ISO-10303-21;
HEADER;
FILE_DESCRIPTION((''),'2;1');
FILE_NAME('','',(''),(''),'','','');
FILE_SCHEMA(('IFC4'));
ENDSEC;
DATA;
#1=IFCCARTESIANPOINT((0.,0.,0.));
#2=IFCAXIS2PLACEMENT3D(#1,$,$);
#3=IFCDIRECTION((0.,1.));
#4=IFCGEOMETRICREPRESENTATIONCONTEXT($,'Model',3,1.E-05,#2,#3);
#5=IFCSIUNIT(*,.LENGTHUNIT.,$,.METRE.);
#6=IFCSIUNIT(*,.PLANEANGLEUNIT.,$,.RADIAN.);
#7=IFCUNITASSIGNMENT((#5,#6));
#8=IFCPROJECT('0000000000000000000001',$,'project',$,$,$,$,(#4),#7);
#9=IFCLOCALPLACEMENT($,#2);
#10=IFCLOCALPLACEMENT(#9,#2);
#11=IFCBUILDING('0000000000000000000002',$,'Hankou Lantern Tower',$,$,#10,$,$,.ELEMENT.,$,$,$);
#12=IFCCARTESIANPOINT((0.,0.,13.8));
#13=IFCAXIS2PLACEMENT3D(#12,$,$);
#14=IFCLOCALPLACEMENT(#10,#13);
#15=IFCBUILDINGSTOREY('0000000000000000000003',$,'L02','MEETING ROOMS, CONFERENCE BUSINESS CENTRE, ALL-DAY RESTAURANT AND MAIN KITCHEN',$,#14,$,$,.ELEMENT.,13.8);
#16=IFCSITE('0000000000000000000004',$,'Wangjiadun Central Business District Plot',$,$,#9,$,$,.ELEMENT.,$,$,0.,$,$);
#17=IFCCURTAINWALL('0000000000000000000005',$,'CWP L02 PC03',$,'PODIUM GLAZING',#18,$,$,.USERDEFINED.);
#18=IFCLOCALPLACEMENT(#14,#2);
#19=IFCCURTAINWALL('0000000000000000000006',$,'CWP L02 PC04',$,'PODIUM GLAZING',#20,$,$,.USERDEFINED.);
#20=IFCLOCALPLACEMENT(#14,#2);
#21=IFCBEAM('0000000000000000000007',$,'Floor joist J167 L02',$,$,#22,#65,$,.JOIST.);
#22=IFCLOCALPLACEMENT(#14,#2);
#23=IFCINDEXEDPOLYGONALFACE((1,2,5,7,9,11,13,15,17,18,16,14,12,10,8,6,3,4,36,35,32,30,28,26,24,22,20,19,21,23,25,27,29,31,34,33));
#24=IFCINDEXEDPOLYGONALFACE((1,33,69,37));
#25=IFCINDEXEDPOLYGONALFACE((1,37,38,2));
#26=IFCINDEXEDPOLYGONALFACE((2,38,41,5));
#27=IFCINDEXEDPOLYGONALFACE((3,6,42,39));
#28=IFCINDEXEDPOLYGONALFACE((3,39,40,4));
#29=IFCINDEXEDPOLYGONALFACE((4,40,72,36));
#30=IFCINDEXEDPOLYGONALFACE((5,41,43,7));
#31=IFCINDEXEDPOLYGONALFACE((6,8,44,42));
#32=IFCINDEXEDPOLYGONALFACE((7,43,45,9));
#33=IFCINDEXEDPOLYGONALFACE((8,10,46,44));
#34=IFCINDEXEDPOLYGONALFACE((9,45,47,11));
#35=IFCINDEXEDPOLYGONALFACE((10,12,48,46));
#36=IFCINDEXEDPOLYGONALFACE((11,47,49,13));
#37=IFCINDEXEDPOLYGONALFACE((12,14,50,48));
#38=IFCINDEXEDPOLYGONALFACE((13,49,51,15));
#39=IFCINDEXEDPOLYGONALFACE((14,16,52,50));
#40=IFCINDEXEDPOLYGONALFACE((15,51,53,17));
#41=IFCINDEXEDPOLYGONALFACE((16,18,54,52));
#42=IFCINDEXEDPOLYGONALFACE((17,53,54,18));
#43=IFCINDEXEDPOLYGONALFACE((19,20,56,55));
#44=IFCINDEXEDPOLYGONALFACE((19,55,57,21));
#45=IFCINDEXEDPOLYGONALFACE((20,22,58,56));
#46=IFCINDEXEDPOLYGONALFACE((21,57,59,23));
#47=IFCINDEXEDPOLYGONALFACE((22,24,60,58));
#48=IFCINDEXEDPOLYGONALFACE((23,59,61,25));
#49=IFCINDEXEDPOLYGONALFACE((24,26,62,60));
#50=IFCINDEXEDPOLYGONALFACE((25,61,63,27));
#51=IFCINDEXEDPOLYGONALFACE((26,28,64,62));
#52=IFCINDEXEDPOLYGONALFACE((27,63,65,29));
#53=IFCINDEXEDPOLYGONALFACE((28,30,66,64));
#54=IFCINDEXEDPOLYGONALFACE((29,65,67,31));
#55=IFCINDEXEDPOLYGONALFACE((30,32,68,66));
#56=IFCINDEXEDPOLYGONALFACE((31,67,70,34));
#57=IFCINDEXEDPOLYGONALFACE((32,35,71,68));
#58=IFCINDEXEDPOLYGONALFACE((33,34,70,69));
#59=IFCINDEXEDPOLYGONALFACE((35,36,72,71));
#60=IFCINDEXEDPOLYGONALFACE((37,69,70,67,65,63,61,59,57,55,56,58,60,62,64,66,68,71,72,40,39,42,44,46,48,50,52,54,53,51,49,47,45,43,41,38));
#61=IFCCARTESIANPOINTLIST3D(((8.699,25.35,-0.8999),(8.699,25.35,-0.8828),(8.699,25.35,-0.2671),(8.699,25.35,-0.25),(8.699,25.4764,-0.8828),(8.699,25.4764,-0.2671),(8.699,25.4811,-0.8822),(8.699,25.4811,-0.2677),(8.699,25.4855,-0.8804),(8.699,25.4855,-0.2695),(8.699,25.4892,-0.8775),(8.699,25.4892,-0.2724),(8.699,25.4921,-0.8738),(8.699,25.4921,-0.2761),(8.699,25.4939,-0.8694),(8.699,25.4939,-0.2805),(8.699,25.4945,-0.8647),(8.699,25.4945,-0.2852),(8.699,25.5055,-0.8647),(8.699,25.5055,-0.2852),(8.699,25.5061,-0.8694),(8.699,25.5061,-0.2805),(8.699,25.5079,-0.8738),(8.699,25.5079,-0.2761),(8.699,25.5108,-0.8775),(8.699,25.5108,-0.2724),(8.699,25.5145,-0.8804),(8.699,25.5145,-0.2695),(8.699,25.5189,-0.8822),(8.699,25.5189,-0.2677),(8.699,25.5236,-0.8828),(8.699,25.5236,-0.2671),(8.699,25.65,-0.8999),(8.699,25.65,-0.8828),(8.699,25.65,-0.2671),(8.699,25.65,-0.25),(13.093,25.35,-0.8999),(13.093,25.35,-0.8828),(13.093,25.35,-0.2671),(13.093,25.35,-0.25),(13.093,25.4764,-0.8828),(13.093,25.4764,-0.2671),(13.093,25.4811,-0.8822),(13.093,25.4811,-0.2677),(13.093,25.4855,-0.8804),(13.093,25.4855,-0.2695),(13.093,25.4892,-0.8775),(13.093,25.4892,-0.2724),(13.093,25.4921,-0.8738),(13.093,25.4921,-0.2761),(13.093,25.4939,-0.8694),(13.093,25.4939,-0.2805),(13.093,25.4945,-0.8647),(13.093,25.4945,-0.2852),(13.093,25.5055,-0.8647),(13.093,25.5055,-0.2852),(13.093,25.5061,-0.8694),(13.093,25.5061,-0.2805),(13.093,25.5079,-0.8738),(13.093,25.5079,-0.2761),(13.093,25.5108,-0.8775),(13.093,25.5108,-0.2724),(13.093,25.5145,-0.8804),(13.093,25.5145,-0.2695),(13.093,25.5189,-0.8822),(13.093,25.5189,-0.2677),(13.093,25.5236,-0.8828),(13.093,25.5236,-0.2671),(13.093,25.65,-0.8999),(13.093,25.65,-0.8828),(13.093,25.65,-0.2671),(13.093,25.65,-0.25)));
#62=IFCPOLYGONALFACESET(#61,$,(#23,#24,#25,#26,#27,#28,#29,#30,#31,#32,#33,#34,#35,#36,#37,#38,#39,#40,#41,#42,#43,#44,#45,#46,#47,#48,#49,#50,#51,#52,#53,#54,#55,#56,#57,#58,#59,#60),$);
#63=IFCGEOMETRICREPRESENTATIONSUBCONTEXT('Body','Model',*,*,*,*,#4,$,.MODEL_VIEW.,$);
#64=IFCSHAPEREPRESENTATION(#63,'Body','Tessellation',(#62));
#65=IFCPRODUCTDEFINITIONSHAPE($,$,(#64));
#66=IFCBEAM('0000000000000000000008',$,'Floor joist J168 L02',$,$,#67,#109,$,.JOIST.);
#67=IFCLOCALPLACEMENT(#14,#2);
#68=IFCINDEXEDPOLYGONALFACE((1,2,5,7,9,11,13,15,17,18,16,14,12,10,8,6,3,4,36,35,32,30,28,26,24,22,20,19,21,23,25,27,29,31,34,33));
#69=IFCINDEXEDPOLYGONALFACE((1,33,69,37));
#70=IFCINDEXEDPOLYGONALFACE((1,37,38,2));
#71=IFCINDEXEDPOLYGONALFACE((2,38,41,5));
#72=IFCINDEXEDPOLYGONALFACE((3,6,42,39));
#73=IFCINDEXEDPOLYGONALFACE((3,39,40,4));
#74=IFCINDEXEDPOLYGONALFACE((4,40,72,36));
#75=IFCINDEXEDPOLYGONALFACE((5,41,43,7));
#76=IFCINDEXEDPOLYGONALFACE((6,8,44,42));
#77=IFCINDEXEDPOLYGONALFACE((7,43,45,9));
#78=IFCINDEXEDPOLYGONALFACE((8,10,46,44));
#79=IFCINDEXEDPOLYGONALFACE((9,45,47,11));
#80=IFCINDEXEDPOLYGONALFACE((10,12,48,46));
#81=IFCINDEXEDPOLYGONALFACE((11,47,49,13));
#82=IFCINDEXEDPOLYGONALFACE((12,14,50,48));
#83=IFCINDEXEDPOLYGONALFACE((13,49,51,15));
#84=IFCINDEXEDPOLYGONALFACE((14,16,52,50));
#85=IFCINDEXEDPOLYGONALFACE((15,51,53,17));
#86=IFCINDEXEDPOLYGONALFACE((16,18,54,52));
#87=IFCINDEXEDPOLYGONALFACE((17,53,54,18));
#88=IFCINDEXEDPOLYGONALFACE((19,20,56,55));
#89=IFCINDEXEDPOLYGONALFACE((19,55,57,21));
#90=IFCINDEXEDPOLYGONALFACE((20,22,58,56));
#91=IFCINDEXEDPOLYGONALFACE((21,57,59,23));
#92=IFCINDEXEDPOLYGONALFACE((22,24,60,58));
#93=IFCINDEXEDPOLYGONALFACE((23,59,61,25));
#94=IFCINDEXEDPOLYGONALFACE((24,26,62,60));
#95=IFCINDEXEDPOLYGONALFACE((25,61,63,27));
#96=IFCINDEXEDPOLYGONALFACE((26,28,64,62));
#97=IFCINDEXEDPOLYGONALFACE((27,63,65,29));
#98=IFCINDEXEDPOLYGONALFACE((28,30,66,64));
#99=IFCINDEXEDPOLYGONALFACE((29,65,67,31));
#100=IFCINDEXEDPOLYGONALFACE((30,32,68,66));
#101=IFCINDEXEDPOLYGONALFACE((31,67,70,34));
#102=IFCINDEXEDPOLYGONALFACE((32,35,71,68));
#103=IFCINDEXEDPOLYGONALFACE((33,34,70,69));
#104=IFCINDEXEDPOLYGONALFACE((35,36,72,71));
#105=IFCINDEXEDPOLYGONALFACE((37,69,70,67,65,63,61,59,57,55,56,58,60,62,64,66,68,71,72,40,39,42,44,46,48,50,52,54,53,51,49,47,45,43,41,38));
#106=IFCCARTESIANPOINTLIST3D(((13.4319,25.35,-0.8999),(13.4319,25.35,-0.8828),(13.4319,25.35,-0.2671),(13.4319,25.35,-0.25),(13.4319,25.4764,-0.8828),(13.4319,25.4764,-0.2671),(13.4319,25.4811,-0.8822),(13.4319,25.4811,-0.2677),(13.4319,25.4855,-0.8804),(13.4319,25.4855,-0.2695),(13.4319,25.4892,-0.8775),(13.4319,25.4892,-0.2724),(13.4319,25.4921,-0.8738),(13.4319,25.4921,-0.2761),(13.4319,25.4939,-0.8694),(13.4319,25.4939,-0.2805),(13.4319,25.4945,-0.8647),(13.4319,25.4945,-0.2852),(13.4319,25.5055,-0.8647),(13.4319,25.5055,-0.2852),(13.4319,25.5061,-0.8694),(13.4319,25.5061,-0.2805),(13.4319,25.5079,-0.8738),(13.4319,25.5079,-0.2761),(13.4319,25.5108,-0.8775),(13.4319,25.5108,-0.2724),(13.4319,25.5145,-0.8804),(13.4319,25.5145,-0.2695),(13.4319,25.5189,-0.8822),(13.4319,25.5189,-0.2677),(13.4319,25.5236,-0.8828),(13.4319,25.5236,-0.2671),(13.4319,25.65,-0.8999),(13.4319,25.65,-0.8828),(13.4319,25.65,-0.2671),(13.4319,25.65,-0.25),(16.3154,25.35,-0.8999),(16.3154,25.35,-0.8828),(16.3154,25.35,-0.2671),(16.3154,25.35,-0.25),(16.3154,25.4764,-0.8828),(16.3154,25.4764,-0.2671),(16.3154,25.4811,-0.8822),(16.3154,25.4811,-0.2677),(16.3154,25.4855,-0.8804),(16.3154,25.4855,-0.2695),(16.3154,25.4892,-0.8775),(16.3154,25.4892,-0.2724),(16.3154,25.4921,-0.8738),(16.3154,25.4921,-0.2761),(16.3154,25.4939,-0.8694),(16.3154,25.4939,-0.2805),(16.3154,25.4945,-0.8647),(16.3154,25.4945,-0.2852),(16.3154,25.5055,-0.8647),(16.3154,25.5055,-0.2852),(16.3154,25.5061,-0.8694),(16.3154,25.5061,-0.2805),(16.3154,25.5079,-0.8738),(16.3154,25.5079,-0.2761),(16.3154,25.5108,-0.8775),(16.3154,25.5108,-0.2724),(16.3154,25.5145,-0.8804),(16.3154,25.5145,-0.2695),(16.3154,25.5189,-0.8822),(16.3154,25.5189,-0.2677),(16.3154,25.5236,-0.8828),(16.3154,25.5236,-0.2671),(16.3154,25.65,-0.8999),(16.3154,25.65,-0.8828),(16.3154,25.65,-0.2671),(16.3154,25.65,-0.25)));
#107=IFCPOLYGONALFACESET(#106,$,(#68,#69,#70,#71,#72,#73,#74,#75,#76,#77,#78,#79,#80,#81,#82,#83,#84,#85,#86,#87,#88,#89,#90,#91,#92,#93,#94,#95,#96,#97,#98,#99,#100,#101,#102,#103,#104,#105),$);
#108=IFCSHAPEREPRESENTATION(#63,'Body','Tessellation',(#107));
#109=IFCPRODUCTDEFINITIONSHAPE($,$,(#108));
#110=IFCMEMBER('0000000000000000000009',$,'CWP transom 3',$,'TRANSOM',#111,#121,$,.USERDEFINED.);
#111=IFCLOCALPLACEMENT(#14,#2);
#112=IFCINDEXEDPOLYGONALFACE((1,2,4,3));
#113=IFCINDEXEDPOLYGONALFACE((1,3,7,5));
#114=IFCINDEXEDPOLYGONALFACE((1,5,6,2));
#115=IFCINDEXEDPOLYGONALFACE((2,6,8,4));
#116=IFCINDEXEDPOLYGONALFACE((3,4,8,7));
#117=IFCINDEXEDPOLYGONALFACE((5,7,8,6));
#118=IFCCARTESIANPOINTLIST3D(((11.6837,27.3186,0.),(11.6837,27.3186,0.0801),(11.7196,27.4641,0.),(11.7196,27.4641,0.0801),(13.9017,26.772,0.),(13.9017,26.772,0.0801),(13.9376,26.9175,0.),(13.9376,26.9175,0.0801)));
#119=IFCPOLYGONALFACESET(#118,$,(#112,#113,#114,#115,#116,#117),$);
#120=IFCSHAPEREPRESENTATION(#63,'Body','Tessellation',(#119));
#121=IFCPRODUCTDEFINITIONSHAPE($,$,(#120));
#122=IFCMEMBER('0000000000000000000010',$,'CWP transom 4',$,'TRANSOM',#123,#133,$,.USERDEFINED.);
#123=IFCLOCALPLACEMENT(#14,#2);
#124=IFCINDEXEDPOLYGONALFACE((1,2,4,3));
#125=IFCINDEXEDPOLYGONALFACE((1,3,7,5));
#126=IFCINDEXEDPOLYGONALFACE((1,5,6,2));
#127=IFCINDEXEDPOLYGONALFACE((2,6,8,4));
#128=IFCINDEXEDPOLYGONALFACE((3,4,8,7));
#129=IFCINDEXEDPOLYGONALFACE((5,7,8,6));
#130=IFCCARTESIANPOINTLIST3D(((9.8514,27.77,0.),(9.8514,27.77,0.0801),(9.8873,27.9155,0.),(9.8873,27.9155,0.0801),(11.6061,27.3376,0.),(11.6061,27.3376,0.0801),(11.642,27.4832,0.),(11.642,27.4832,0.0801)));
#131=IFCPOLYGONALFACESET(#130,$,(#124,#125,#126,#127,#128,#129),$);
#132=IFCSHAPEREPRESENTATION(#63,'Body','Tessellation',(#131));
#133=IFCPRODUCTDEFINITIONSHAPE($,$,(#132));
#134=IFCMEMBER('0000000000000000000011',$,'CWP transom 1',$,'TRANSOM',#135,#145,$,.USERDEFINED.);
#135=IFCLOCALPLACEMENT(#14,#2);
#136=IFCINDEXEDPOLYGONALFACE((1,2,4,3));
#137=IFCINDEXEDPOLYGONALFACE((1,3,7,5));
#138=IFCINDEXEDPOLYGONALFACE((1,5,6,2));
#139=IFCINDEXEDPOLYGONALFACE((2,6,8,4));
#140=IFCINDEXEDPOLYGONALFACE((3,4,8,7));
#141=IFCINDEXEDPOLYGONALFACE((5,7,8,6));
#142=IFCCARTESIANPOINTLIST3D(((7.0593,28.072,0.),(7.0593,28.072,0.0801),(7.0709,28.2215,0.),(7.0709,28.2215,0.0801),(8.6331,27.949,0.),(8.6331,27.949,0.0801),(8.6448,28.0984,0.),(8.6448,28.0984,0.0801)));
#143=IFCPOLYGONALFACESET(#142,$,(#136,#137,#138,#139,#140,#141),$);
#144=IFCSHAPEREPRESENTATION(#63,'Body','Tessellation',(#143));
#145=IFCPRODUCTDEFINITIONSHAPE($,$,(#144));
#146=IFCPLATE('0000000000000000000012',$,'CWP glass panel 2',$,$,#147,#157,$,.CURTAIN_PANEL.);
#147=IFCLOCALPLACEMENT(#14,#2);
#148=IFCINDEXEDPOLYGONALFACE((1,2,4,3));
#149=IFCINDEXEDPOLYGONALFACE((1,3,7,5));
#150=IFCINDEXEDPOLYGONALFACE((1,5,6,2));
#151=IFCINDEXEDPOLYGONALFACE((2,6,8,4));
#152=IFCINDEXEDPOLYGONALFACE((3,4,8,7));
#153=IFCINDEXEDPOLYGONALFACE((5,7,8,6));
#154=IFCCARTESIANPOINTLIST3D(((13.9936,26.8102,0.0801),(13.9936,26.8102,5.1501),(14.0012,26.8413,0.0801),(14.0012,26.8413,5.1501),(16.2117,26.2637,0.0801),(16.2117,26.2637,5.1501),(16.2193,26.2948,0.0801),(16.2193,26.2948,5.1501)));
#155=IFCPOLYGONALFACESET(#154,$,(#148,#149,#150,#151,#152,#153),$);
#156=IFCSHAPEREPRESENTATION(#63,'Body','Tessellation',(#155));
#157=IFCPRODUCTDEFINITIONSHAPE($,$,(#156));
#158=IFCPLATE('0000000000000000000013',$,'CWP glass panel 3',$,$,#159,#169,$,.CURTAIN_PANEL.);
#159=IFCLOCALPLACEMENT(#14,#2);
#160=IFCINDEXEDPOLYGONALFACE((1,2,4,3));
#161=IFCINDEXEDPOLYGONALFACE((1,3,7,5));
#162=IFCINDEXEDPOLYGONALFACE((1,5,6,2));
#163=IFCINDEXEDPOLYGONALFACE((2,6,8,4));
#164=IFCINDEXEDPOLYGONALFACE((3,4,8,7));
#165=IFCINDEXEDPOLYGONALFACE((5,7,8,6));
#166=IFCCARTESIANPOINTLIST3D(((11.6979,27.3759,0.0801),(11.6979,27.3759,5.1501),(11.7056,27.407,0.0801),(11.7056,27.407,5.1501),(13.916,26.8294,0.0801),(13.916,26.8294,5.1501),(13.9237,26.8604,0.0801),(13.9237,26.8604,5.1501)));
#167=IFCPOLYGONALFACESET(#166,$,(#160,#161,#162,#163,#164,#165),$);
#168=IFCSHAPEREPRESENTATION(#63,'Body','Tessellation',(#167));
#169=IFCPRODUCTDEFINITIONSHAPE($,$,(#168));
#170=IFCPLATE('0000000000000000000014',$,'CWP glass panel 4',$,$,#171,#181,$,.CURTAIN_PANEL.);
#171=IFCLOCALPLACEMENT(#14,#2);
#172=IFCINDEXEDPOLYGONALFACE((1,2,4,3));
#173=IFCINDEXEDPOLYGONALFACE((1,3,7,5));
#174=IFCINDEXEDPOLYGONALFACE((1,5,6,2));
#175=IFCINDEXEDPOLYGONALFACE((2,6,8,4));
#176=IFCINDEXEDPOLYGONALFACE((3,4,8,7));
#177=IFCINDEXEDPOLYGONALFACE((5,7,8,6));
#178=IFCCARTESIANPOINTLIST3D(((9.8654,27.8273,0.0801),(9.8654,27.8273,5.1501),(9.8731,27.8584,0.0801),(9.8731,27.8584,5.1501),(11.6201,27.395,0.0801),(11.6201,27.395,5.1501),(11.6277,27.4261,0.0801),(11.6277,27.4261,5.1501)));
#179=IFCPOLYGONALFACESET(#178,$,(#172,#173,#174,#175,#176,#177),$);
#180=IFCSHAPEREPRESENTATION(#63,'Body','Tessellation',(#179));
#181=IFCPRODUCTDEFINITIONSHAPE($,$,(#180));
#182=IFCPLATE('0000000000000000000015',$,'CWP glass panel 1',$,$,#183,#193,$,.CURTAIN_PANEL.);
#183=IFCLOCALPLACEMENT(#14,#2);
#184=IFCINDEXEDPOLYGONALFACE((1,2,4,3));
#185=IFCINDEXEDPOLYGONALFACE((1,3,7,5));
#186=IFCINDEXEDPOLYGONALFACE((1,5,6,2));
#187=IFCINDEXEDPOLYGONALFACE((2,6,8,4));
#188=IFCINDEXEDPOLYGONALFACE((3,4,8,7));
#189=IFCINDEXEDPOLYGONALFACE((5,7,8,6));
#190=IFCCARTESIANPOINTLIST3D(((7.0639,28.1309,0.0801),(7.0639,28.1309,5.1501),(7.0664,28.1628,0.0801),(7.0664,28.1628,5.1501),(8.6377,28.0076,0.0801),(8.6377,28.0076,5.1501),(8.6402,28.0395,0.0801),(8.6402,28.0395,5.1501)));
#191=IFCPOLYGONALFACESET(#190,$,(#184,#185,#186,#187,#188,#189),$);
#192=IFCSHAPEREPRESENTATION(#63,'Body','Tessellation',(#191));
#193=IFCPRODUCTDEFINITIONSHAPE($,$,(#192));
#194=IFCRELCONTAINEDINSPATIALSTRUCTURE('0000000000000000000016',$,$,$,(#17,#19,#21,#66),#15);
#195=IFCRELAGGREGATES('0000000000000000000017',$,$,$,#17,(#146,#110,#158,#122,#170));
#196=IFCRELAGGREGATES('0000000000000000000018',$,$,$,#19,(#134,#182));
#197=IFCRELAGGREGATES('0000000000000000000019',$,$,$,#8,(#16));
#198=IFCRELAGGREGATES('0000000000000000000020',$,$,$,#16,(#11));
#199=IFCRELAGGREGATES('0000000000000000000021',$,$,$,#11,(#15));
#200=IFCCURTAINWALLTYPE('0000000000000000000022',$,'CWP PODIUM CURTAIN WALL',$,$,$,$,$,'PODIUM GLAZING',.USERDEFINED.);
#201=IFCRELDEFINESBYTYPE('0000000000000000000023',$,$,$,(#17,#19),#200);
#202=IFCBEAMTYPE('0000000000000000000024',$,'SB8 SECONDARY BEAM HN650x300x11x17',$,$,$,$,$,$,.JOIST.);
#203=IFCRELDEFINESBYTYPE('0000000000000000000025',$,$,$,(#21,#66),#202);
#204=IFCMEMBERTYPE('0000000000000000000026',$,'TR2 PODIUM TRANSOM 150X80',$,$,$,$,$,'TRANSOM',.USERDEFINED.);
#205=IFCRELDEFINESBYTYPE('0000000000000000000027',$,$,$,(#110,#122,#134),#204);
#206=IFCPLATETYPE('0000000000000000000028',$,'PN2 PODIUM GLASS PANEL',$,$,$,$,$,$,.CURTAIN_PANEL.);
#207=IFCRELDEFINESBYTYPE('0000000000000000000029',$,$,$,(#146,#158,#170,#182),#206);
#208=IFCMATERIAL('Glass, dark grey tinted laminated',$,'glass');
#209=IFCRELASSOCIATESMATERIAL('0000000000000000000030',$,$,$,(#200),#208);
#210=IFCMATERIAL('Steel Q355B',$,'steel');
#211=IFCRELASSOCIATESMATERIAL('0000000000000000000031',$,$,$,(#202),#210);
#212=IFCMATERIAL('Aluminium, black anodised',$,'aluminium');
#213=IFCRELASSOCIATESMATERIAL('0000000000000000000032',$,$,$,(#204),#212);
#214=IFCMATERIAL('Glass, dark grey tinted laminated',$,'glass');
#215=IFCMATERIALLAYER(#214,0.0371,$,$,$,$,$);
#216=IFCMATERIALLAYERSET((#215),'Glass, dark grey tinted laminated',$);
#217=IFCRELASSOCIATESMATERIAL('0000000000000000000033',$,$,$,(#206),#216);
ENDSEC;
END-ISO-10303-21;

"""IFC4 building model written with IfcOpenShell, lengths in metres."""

from ifc_helpers import new_model, si_unit, direction, frame, origin, origin_2d, place, context, subcontext, project, spatial, rectangle, i_section, extrude, material, layer, layer_set, material_profile, profile_set, type_object, element, aggregate, save


model = new_model("IFC4")

# Units and contexts
model_context = context("Model", 3, precision=1e-05, world=origin(), true_north=direction((0.0, 1.0)))
body_context = subcontext(model_context, "Body", "Model", "MODEL_VIEW")
ifc_project = project(units=[si_unit("LENGTHUNIT", "METRE"), si_unit("PLANEANGLEUNIT", "RADIAN")], contexts=[model_context])

# Site, building, storey
site_placement = place(None, origin())
site = spatial("IfcSite", under=ifc_project, at=site_placement, Name="Wangjiadun Central Business District Plot", CompositionType="ELEMENT", RefElevation=0.0)
building_placement = place(site_placement, origin())
building = spatial("IfcBuilding", under=site, at=building_placement, Name="Hankou Lantern Tower", CompositionType="ELEMENT")
storey_placement = place(building_placement, frame((0.0, 0.0, 13.8)))
storey = spatial("IfcBuildingStorey", under=building, at=storey_placement, Name="L02", Description="MEETING ROOMS, CONFERENCE BUSINESS CENTRE, ALL-DAY RESTAURANT AND MAIN KITCHEN", CompositionType="ELEMENT", Elevation=13.8)

# Curtain walls
ifc_material_1 = material(Name="Glass, dark grey tinted laminated", Category="glass")
curtain_wall_type = type_object("IfcCurtainWallType", Name="CWP PODIUM CURTAIN WALL", ElementType="PODIUM GLAZING", PredefinedType="USERDEFINED", material=ifc_material_1)
curtain_wall_1_placement = place(storey_placement, origin())
curtain_wall_1 = element("IfcCurtainWall", 1, at=curtain_wall_1_placement, inside=storey, type_object=curtain_wall_type, Name="CWP L02 PC03", ObjectType="PODIUM GLAZING", PredefinedType="USERDEFINED")
curtain_wall_2_placement = place(storey_placement, origin())
curtain_wall_2 = element("IfcCurtainWall", 2, at=curtain_wall_2_placement, inside=storey, type_object=curtain_wall_type, Name="CWP L02 PC04", ObjectType="PODIUM GLAZING", PredefinedType="USERDEFINED")

# Beams
ifc_material_2 = material(Name="Steel Q355B", Category="steel")
ifc_material_profile_1 = material_profile(ifc_material_2, i_section(OverallWidth=0.3, OverallDepth=0.6499, WebThickness=0.011, FlangeThickness=0.0171, FilletRadius=0.0181, at=origin_2d()), Name="HN650x300x11x17")
ifc_profile_set_1 = profile_set([ifc_material_profile_1], Name="Steel Q355B")
beam_type_1 = type_object("IfcBeamType", Name="SB8 SECONDARY BEAM HN650x300x11x17", PredefinedType="JOIST", material=ifc_profile_set_1)
beam_1_placement = place(storey_placement, frame((8.699, 25.5, -0.575), z_axis=(1.0, 0.0, 0.0), x_axis=(0.0, 1.0, 0.0)))
element("IfcBeam", 3, at=beam_1_placement, inside=storey, type_object=beam_type_1, Name="Floor joist J167 L02", PredefinedType="JOIST", context=body_context, shape_type="SweptSolid", body=[
    extrude(i_section(OverallWidth=0.3, OverallDepth=0.6499, WebThickness=0.011, FlangeThickness=0.0171, FilletRadius=0.0181, at=origin_2d()), origin(), (0.0, 0.0, 1.0), 4.394),
])
beam_2_placement = place(storey_placement, frame((13.4319, 25.5, -0.575), z_axis=(1.0, 0.0, 0.0), x_axis=(0.0, 1.0, 0.0)))
element("IfcBeam", 4, at=beam_2_placement, inside=storey, type_object=beam_type_1, Name="Floor joist J168 L02", PredefinedType="JOIST", context=body_context, shape_type="SweptSolid", body=[
    extrude(i_section(OverallWidth=0.3, OverallDepth=0.6499, WebThickness=0.011, FlangeThickness=0.0171, FilletRadius=0.0181, at=origin_2d()), origin(), (0.0, 0.0, 1.0), 2.8835),
])

# Members
ifc_material_3 = material(Name="Aluminium, black anodised", Category="aluminium")
ifc_material_profile_2 = material_profile(ifc_material_3, rectangle(XDim=0.1499, YDim=0.0801, at=origin_2d()), Name="TR2 150X80")
ifc_profile_set_2 = profile_set([ifc_material_profile_2], Name="Aluminium, black anodised")
member_type_1 = type_object("IfcMemberType", Name="TR2 PODIUM TRANSOM 150X80", ElementType="TRANSOM", PredefinedType="USERDEFINED", material=ifc_profile_set_2)
member_1_placement = place(storey_placement, frame((13.9197, 26.8447, 0.04), z_axis=(-0.970948, 0.23929, 0.0), x_axis=(-0.23929, -0.970948, 0.0)))
member_1 = element("IfcMember", 5, at=member_1_placement, type_object=member_type_1, Name="CWP transom 3", ObjectType="TRANSOM", PredefinedType="USERDEFINED", context=body_context, shape_type="SweptSolid", body=[
    extrude(rectangle(XDim=0.1499, YDim=0.0801, at=origin_2d()), origin(), (0.0, 0.0, 1.0), 2.2844),
])
member_2_placement = place(storey_placement, frame((11.624, 27.4104, 0.04), z_axis=(-0.970956, 0.23926, 0.0), x_axis=(-0.23926, -0.970956, 0.0)))
member_2 = element("IfcMember", 6, at=member_2_placement, type_object=member_type_1, Name="CWP transom 4", ObjectType="TRANSOM", PredefinedType="USERDEFINED", context=body_context, shape_type="SweptSolid", body=[
    extrude(rectangle(XDim=0.1499, YDim=0.0801, at=origin_2d()), origin(), (0.0, 0.0, 1.0), 1.8071),
])
member_3_placement = place(storey_placement, frame((8.6389, 28.0237, 0.04), z_axis=(-0.996957, 0.07795, 0.0), x_axis=(-0.07795, -0.996957, 0.0)))
member_3 = element("IfcMember", 7, at=member_3_placement, type_object=member_type_1, Name="CWP transom 1", ObjectType="TRANSOM", PredefinedType="USERDEFINED", context=body_context, shape_type="SweptSolid", body=[
    extrude(rectangle(XDim=0.1499, YDim=0.0801, at=origin_2d()), origin(), (0.0, 0.0, 1.0), 1.5786),
])

# Plates
ifc_material_4 = material(Name="Glass, dark grey tinted laminated", Category="glass")
ifc_layer = layer(ifc_material_4, 0.0371)
ifc_layer_set = layer_set([ifc_layer], Name="Glass, dark grey tinted laminated")
plate_type = type_object("IfcPlateType", Name="PN2 PODIUM GLASS PANEL", PredefinedType="CURTAIN_PANEL", material=ifc_layer_set)
plate_1_placement = place(storey_placement, frame((15.1064, 26.5525, 0.0801), z_axis=(0.0, 0.0, 1.0), x_axis=(-0.970961, 0.239238, 0.0)))
plate_1 = element("IfcPlate", 8, at=plate_1_placement, type_object=plate_type, Name="CWP glass panel 2", PredefinedType="CURTAIN_PANEL", context=body_context, shape_type="SweptSolid", body=[
    extrude(rectangle(XDim=2.2844, YDim=0.032, at=origin_2d()), origin(), (0.0, 0.0, 1.0), 5.0701),
])
plate_2_placement = place(storey_placement, frame((12.8108, 27.1182, 0.0801), z_axis=(0.0, 0.0, 1.0), x_axis=(-0.970961, 0.239238, 0.0)))
plate_2 = element("IfcPlate", 9, at=plate_2_placement, type_object=plate_type, Name="CWP glass panel 3", PredefinedType="CURTAIN_PANEL", context=body_context, shape_type="SweptSolid", body=[
    extrude(rectangle(XDim=2.2844, YDim=0.032, at=origin_2d()), origin(), (0.0, 0.0, 1.0), 5.0701),
])
plate_3_placement = place(storey_placement, frame((10.7466, 27.6267, 0.0801), z_axis=(0.0, 0.0, 1.0), x_axis=(-0.970961, 0.239238, 0.0)))
plate_3 = element("IfcPlate", 10, at=plate_3_placement, type_object=plate_type, Name="CWP glass panel 4", PredefinedType="CURTAIN_PANEL", context=body_context, shape_type="SweptSolid", body=[
    extrude(rectangle(XDim=1.8071, YDim=0.032, at=origin_2d()), origin(), (0.0, 0.0, 1.0), 5.0701),
])
aggregate(curtain_wall_1, [plate_1, member_1, plate_2, member_2, plate_3])
plate_4_placement = place(storey_placement, frame((7.8521, 28.0852, 0.0801), z_axis=(0.0, 0.0, 1.0), x_axis=(-0.996949, 0.078062, 0.0)))
plate_4 = element("IfcPlate", 11, at=plate_4_placement, type_object=plate_type, Name="CWP glass panel 1", PredefinedType="CURTAIN_PANEL", context=body_context, shape_type="SweptSolid", body=[
    extrude(rectangle(XDim=1.5786, YDim=0.032, at=origin_2d()), origin(), (0.0, 0.0, 1.0), 5.0701),
])
aggregate(curtain_wall_2, [member_3, plate_4])

save(model, "model.ifc")
